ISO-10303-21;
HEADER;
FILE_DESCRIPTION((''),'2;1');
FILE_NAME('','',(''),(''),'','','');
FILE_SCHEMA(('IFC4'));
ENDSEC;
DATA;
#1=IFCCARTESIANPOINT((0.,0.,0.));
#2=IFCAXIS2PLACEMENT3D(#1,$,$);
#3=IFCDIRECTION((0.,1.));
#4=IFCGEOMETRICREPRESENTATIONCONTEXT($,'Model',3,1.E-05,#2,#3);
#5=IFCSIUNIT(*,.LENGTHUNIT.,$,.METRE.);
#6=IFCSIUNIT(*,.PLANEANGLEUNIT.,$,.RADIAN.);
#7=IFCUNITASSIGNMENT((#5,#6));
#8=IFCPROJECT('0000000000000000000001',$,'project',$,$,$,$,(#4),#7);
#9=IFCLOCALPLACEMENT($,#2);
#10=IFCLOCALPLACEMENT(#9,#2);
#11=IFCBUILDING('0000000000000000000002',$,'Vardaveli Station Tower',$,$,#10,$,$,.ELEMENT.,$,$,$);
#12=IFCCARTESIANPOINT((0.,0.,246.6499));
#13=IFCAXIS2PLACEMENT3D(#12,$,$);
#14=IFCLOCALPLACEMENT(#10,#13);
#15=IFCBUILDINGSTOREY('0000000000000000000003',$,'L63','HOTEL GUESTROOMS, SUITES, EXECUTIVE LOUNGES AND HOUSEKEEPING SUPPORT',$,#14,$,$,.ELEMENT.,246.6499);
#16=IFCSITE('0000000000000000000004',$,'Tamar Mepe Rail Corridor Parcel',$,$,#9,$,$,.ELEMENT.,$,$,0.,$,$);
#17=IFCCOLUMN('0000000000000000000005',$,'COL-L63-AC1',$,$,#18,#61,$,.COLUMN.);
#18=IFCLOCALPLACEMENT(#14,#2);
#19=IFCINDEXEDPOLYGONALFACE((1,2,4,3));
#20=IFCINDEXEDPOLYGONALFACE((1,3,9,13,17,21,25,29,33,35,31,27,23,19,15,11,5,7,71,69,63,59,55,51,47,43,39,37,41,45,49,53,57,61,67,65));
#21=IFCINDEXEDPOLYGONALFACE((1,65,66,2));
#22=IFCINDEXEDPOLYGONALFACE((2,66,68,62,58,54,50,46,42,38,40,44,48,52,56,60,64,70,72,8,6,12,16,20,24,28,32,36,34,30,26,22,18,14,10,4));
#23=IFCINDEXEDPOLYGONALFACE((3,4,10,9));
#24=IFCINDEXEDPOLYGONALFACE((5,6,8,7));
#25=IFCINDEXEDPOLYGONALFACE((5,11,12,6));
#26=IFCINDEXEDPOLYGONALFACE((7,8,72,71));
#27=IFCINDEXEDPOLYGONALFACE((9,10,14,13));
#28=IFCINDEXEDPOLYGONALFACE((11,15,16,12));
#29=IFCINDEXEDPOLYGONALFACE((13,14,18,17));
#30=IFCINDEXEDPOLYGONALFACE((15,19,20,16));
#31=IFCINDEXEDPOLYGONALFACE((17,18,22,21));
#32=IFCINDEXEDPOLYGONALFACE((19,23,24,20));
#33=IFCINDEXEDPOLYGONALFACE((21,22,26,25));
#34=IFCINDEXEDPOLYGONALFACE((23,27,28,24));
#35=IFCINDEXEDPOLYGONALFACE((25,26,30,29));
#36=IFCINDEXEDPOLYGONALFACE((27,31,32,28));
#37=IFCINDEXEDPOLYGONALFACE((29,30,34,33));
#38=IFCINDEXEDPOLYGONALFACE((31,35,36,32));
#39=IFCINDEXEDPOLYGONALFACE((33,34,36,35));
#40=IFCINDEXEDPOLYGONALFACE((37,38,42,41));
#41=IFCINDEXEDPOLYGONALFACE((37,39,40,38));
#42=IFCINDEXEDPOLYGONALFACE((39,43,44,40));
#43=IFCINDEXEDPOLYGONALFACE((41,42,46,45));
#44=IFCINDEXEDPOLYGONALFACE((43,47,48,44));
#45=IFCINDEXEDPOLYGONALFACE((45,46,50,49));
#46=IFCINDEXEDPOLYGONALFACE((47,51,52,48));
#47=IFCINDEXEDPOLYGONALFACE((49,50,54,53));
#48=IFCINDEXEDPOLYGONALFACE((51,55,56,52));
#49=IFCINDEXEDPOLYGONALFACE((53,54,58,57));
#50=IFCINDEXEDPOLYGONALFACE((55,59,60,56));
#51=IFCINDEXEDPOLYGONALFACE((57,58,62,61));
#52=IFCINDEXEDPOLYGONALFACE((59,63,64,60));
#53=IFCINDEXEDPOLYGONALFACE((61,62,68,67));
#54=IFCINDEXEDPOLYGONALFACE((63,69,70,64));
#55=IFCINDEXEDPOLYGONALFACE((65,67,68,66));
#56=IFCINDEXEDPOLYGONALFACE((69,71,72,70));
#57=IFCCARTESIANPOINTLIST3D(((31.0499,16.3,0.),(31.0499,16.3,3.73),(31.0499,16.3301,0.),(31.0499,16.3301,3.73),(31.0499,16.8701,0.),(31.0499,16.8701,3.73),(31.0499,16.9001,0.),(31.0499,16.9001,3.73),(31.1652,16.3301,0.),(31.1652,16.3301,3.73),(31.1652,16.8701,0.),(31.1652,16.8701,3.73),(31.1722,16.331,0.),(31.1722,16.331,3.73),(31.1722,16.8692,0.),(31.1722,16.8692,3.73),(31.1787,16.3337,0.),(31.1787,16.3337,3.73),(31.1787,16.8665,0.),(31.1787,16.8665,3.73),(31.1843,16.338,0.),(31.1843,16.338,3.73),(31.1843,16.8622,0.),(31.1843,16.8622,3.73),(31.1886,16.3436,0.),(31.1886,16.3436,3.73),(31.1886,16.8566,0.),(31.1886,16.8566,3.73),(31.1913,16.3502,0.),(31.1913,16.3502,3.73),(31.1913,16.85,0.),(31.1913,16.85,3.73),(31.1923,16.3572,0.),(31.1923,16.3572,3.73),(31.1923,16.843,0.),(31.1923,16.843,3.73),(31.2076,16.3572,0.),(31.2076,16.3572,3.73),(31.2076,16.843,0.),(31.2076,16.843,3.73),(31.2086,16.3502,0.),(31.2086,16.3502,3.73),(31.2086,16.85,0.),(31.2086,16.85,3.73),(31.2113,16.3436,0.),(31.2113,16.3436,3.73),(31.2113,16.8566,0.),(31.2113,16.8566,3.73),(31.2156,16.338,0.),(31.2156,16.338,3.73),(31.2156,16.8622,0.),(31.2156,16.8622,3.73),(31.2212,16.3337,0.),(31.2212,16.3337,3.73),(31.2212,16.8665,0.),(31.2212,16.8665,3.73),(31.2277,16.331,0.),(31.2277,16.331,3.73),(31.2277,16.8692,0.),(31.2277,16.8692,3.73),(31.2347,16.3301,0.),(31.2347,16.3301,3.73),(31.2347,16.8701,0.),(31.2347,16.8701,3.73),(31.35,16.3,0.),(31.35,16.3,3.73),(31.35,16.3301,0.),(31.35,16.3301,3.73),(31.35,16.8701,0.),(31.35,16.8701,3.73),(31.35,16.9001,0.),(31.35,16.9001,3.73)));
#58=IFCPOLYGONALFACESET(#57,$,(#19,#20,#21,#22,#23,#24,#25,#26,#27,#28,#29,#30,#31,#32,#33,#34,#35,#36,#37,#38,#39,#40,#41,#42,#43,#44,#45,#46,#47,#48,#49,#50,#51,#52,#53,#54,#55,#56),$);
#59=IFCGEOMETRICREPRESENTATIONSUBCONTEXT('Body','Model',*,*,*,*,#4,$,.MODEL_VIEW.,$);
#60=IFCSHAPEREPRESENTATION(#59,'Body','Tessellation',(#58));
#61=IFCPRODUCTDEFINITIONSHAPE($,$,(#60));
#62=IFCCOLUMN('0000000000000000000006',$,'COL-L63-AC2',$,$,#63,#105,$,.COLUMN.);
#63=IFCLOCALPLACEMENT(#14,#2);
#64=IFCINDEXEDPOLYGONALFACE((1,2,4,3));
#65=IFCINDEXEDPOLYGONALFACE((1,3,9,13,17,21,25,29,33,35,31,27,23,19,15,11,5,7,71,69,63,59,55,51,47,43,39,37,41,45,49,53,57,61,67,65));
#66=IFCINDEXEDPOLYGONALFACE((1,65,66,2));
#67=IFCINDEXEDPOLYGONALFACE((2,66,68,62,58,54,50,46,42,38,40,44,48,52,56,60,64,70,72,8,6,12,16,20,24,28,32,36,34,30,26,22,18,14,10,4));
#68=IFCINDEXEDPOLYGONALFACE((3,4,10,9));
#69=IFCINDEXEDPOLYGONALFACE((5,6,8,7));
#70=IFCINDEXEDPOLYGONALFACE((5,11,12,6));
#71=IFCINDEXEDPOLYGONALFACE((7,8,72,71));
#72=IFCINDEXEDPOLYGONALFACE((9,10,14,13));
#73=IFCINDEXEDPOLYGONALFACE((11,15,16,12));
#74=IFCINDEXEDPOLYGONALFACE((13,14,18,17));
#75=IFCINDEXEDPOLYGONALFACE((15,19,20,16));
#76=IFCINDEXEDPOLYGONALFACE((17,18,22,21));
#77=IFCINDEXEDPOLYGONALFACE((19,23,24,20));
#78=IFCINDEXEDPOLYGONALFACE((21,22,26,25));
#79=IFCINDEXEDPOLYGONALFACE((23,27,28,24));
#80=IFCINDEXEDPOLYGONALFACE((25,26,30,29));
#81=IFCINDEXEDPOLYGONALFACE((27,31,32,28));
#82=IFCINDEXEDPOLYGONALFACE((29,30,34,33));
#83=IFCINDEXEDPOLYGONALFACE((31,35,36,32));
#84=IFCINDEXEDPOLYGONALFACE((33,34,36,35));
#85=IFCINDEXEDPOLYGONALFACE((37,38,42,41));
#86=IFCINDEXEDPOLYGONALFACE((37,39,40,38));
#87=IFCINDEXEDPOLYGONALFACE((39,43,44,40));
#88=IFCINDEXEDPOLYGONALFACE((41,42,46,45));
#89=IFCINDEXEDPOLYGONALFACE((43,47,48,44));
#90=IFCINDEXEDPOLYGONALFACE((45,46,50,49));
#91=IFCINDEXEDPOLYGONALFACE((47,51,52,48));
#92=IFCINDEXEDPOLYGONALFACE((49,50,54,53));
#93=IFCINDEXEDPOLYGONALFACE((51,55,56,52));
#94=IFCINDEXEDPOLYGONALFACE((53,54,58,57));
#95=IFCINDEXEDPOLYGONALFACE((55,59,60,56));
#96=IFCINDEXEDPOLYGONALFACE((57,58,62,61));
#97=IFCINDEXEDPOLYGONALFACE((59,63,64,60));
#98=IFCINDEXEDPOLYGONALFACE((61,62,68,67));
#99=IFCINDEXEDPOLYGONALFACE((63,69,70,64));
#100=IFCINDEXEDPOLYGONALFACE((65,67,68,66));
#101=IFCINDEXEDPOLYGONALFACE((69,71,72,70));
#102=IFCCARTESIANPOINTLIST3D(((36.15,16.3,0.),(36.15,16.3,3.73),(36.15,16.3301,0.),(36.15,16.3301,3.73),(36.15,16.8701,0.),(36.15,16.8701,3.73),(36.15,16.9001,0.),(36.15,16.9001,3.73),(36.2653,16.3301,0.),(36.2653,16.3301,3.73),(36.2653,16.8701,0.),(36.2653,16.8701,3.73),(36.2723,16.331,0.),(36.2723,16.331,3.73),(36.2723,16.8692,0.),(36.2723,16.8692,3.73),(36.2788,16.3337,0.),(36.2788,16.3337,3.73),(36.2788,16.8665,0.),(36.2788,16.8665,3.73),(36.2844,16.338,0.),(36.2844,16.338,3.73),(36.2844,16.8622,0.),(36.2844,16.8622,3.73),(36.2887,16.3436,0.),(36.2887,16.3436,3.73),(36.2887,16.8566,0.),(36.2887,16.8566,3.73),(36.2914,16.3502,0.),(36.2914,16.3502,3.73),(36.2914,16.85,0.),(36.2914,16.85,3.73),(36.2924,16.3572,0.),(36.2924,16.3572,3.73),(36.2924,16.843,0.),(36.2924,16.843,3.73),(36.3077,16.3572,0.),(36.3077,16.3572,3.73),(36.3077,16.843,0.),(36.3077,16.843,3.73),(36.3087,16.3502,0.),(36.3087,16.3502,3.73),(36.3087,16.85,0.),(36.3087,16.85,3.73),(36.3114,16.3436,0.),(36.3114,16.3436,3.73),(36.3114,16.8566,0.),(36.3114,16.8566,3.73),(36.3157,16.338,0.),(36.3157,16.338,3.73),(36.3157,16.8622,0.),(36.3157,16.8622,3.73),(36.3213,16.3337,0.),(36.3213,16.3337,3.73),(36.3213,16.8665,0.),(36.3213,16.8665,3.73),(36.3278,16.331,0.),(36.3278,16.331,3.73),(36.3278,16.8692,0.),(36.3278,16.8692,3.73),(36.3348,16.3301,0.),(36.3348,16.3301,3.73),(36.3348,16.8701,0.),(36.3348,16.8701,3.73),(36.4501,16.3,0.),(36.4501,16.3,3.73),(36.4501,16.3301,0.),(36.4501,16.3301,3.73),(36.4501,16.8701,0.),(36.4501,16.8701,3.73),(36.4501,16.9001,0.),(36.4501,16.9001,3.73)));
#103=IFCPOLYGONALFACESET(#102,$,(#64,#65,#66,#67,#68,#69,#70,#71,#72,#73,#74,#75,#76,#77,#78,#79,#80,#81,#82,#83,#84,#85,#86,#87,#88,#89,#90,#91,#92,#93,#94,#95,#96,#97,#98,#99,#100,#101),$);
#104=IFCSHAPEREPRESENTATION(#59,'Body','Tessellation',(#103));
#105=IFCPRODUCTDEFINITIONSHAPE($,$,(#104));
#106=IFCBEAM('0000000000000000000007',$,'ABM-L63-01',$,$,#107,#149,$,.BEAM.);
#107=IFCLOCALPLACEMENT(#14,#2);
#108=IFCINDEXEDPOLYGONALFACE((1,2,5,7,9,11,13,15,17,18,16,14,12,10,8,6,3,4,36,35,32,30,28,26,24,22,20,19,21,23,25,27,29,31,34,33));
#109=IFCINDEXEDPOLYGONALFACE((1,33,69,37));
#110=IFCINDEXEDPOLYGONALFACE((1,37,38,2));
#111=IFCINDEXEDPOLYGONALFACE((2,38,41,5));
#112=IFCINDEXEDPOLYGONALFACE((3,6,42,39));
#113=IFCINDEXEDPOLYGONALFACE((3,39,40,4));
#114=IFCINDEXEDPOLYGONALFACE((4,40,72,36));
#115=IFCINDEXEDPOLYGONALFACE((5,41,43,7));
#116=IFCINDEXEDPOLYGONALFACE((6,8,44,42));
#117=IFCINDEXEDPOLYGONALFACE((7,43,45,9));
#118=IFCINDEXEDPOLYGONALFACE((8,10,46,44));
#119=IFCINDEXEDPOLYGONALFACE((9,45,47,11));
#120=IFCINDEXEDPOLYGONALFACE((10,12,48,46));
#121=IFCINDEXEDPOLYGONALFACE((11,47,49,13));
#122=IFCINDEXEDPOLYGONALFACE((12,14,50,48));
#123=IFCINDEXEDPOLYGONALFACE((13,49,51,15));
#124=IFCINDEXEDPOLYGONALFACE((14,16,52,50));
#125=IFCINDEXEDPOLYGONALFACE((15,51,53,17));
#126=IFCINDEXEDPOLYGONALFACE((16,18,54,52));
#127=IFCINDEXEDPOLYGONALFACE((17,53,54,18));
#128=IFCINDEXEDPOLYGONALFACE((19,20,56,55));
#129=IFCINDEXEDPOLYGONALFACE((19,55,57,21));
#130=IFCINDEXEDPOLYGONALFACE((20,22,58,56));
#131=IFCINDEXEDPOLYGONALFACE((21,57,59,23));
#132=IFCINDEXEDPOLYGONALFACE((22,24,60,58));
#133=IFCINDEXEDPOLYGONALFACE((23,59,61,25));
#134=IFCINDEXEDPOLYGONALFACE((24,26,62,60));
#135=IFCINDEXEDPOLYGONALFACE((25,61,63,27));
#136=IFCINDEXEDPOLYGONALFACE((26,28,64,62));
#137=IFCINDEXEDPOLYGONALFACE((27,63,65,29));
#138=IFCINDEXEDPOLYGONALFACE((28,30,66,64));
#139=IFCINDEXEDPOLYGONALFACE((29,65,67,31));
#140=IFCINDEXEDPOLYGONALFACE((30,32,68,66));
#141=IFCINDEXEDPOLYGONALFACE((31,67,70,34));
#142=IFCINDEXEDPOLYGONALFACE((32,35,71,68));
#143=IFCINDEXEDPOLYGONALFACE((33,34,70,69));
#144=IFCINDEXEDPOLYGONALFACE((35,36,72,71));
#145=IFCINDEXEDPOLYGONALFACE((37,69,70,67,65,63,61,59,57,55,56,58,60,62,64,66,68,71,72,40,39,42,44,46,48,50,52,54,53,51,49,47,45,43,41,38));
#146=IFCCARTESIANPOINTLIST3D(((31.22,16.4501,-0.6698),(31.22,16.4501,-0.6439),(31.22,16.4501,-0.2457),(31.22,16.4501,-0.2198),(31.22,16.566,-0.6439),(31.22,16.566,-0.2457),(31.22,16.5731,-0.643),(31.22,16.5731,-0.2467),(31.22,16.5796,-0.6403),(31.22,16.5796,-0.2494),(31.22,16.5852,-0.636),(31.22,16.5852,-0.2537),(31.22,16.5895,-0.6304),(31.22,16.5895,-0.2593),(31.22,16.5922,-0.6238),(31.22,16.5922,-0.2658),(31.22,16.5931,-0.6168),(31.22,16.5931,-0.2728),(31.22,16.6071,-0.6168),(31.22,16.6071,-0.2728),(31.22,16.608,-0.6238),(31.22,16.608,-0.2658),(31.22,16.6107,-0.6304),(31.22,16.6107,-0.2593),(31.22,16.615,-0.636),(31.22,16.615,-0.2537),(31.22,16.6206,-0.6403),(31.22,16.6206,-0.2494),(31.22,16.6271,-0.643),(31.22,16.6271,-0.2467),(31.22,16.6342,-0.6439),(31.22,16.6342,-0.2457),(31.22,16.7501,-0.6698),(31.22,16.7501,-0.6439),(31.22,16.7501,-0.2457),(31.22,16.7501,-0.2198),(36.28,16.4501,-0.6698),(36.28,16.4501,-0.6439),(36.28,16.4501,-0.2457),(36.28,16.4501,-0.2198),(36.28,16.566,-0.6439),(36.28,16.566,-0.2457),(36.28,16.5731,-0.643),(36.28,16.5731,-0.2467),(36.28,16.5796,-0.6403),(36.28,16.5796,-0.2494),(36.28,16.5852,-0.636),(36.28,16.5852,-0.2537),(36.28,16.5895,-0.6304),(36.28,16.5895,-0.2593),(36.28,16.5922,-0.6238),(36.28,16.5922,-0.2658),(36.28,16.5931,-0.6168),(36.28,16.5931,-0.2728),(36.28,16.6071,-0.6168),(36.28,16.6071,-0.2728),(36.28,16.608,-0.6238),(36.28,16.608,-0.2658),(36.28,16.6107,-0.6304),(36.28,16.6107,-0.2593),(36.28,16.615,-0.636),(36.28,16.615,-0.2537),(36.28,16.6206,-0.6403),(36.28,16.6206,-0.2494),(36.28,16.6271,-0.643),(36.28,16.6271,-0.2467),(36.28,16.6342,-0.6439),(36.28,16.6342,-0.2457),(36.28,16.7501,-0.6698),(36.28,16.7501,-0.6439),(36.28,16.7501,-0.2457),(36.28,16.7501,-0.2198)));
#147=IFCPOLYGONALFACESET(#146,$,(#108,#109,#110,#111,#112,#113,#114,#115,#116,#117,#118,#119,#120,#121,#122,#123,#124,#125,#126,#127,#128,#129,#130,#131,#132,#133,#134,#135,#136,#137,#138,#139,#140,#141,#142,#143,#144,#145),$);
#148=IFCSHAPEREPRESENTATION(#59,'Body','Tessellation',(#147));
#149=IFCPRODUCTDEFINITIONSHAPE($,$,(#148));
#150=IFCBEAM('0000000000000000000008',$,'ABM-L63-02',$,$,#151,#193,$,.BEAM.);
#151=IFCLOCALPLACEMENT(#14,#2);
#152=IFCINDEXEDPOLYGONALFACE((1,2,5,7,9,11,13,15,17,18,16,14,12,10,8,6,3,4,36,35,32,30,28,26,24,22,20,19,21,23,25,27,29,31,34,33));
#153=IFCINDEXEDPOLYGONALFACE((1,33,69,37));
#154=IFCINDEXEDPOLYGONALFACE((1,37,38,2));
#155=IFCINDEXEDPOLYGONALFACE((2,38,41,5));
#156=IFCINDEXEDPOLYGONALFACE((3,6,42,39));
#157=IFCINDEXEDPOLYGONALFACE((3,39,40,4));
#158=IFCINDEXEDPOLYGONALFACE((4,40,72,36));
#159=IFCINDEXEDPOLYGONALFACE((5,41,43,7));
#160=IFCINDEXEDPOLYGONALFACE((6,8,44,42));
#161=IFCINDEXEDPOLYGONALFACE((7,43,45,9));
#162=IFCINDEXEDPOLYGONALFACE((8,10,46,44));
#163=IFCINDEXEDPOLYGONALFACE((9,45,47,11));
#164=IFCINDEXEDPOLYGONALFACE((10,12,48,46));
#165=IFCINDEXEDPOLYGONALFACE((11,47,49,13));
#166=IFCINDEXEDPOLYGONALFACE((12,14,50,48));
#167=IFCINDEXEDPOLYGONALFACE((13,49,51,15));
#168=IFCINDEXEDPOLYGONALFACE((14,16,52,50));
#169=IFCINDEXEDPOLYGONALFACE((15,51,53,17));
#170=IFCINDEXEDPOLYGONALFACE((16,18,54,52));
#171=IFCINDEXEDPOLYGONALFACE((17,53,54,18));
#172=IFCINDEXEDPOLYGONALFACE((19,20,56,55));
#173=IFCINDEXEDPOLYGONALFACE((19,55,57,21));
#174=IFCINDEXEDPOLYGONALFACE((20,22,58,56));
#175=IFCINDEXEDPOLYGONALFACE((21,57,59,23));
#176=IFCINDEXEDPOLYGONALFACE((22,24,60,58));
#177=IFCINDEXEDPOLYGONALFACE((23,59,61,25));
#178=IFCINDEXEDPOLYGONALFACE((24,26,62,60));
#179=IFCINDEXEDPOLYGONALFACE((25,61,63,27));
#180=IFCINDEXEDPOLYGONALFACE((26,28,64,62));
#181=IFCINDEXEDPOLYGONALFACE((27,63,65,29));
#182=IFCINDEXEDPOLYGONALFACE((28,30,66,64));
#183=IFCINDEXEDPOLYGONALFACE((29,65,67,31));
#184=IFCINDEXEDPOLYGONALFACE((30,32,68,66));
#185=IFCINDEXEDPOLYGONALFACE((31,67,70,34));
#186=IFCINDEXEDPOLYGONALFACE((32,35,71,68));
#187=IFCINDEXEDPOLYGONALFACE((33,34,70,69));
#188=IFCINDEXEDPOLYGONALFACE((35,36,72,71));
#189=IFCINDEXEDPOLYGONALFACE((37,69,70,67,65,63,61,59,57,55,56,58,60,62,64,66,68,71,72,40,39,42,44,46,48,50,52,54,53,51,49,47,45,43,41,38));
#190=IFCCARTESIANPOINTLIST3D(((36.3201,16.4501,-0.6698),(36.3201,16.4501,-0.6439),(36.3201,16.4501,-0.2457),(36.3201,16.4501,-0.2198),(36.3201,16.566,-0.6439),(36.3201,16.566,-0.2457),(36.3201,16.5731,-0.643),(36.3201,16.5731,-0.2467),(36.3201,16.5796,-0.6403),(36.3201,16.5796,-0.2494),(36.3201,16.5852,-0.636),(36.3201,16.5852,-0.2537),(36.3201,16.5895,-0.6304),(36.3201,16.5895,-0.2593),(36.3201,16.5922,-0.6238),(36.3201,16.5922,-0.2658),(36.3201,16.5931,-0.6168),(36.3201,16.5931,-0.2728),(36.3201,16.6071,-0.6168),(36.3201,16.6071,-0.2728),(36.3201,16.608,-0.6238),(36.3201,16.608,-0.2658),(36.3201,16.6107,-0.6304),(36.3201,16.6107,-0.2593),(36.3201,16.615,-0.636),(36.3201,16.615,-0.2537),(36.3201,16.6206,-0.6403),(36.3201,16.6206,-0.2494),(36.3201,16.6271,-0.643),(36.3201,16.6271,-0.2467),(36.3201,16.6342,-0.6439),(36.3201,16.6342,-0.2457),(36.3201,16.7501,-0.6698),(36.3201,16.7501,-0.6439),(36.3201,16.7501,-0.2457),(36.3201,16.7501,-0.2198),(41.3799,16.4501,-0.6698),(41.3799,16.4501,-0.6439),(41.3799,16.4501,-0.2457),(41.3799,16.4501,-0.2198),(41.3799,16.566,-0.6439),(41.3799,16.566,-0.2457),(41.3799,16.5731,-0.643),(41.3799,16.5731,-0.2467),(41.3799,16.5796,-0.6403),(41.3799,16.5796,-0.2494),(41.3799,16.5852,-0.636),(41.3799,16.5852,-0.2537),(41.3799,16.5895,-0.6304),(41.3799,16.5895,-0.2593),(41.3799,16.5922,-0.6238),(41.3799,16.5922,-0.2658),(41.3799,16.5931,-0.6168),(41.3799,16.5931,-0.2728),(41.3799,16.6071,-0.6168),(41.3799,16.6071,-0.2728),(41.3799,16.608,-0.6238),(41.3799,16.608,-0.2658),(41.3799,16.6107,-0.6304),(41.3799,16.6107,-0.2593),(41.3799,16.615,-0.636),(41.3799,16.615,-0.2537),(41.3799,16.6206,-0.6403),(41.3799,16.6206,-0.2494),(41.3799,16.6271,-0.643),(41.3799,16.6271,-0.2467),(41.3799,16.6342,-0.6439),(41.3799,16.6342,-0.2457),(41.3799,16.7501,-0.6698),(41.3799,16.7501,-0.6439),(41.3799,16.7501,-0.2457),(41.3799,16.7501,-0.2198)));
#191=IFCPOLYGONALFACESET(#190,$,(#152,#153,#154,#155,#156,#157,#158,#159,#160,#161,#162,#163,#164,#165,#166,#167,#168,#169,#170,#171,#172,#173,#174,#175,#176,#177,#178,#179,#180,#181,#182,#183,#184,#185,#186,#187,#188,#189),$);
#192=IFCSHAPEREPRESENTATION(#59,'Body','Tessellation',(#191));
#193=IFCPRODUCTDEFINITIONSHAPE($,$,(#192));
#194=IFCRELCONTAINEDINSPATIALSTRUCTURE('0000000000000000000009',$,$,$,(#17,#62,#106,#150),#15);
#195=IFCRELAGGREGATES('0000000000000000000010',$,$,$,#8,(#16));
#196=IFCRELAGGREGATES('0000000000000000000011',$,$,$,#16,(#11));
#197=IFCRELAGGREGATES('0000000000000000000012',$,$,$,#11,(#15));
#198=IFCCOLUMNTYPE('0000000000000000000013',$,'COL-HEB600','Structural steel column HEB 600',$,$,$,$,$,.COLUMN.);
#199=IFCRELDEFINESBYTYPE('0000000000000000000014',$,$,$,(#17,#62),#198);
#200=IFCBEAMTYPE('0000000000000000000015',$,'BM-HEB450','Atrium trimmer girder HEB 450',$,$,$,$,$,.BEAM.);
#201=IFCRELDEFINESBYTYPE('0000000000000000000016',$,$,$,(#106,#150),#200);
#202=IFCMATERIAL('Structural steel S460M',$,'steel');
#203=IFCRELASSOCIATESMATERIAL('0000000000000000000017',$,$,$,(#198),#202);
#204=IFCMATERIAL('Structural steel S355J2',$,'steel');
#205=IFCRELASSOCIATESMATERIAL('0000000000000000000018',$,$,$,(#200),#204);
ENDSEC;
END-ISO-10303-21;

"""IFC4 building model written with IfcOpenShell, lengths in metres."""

from ifc_helpers import new_model, si_unit, direction, frame, origin, origin_2d, place, context, subcontext, project, spatial, i_section, extrude, source, transform, mapped, material, material_profile, profile_set, type_object, element, save


model = new_model("IFC4")

# Units and contexts
model_context = context("Model", 3, precision=1e-05, world=origin(), true_north=direction((0.0, 1.0)))
body_context = subcontext(model_context, "Body", "Model", "MODEL_VIEW")
ifc_project = project(units=[si_unit("LENGTHUNIT", "METRE"), si_unit("PLANEANGLEUNIT", "RADIAN")], contexts=[model_context])

# Site, building, storey
site_placement = place(None, origin())
site = spatial("IfcSite", under=ifc_project, at=site_placement, Name="Tamar Mepe Rail Corridor Parcel", CompositionType="ELEMENT", RefElevation=0.0)
building_placement = place(site_placement, origin())
building = spatial("IfcBuilding", under=site, at=building_placement, Name="Vardaveli Station Tower", CompositionType="ELEMENT")
storey_placement = place(building_placement, frame((0.0, 0.0, 246.6499)))
storey = spatial("IfcBuildingStorey", under=building, at=storey_placement, Name="L63", Description="HOTEL GUESTROOMS, SUITES, EXECUTIVE LOUNGES AND HOUSEKEEPING SUPPORT", CompositionType="ELEMENT", Elevation=246.6499)

# Columns
ifc_material_1 = material(Name="Structural steel S460M", Category="steel")
ifc_material_profile_1 = material_profile(ifc_material_1, i_section(OverallWidth=0.3, OverallDepth=0.6001, WebThickness=0.0154, FlangeThickness=0.03, FilletRadius=0.0271, at=origin_2d()), Name="HEB 600")
ifc_profile_set_1 = profile_set([ifc_material_profile_1], Name="Structural steel S460M")
column_type = type_object("IfcColumnType", Name="COL-HEB600", Description="Structural steel column HEB 600", PredefinedType="COLUMN", material=ifc_profile_set_1)
shared_shape_1 = source(origin(), body_context, "Body", "SweptSolid", [
    extrude(i_section(OverallWidth=0.3, OverallDepth=0.6001, WebThickness=0.0154, FlangeThickness=0.03, FilletRadius=0.0271, at=origin_2d()), origin(), (0.0, 0.0, 1.0), 3.73),
])
for number, where, z_axis, x_axis, name in (
    (1, (31.2, 16.6001, 0.0), (0.0, 0.0, 1.0), (1.0, 0.0, 0.0), "COL-L63-AC1"),
    (2, (36.3, 16.6001, 0.0), (0.0, 0.0, 1.0), (1.0, 0.0, 0.0), "COL-L63-AC2"),
):
    element("IfcColumn", number, at=place(storey_placement, frame(where, z_axis=z_axis, x_axis=x_axis)), inside=storey, type_object=column_type, Name=name, PredefinedType="COLUMN", context=body_context, shape_type="MappedRepresentation", body=[
        mapped(shared_shape_1, transform((0.0, 0.0, 0.0), scale=1.0)),
    ])

# Beams
ifc_material_2 = material(Name="Structural steel S355J2", Category="steel")
ifc_material_profile_2 = material_profile(ifc_material_2, i_section(OverallWidth=0.3, OverallDepth=0.45, WebThickness=0.0139, FlangeThickness=0.0259, FilletRadius=0.0271, at=origin_2d()), Name="HEB 450")
ifc_profile_set_2 = profile_set([ifc_material_profile_2], Name="Structural steel S355J2")
beam_type_1 = type_object("IfcBeamType", Name="BM-HEB450", Description="Atrium trimmer girder HEB 450", PredefinedType="BEAM", material=ifc_profile_set_2)
shared_shape_2 = source(origin(), body_context, "Body", "SweptSolid", [
    extrude(i_section(OverallWidth=0.3, OverallDepth=0.45, WebThickness=0.0139, FlangeThickness=0.0259, FilletRadius=0.0271, at=origin_2d()), origin(), (0.0, 0.0, 1.0), 5.0601),
])
beam_1_placement = place(storey_placement, frame((31.22, 16.6001, -0.4448), z_axis=(1.0, 0.0, 0.0), x_axis=(0.0, 1.0, 0.0)))
element("IfcBeam", 3, at=beam_1_placement, inside=storey, type_object=beam_type_1, Name="ABM-L63-01", PredefinedType="BEAM", context=body_context, shape_type="MappedRepresentation", body=[
    mapped(shared_shape_2, transform((0.0, 0.0, 0.0), scale=1.0)),
])
shared_shape_3 = source(origin(), body_context, "Body", "SweptSolid", [
    extrude(i_section(OverallWidth=0.3, OverallDepth=0.45, WebThickness=0.0139, FlangeThickness=0.0259, FilletRadius=0.0271, at=origin_2d()), origin(), (0.0, 0.0, 1.0), 5.0598),
])
beam_2_placement = place(storey_placement, frame((36.3201, 16.6001, -0.4448), z_axis=(1.0, 0.0, 0.0), x_axis=(0.0, 1.0, 0.0)))
element("IfcBeam", 4, at=beam_2_placement, inside=storey, type_object=beam_type_1, Name="ABM-L63-02", PredefinedType="BEAM", context=body_context, shape_type="MappedRepresentation", body=[
    mapped(shared_shape_3, transform((0.0, 0.0, 0.0), scale=1.0)),
])

save(model, "model.ifc")
